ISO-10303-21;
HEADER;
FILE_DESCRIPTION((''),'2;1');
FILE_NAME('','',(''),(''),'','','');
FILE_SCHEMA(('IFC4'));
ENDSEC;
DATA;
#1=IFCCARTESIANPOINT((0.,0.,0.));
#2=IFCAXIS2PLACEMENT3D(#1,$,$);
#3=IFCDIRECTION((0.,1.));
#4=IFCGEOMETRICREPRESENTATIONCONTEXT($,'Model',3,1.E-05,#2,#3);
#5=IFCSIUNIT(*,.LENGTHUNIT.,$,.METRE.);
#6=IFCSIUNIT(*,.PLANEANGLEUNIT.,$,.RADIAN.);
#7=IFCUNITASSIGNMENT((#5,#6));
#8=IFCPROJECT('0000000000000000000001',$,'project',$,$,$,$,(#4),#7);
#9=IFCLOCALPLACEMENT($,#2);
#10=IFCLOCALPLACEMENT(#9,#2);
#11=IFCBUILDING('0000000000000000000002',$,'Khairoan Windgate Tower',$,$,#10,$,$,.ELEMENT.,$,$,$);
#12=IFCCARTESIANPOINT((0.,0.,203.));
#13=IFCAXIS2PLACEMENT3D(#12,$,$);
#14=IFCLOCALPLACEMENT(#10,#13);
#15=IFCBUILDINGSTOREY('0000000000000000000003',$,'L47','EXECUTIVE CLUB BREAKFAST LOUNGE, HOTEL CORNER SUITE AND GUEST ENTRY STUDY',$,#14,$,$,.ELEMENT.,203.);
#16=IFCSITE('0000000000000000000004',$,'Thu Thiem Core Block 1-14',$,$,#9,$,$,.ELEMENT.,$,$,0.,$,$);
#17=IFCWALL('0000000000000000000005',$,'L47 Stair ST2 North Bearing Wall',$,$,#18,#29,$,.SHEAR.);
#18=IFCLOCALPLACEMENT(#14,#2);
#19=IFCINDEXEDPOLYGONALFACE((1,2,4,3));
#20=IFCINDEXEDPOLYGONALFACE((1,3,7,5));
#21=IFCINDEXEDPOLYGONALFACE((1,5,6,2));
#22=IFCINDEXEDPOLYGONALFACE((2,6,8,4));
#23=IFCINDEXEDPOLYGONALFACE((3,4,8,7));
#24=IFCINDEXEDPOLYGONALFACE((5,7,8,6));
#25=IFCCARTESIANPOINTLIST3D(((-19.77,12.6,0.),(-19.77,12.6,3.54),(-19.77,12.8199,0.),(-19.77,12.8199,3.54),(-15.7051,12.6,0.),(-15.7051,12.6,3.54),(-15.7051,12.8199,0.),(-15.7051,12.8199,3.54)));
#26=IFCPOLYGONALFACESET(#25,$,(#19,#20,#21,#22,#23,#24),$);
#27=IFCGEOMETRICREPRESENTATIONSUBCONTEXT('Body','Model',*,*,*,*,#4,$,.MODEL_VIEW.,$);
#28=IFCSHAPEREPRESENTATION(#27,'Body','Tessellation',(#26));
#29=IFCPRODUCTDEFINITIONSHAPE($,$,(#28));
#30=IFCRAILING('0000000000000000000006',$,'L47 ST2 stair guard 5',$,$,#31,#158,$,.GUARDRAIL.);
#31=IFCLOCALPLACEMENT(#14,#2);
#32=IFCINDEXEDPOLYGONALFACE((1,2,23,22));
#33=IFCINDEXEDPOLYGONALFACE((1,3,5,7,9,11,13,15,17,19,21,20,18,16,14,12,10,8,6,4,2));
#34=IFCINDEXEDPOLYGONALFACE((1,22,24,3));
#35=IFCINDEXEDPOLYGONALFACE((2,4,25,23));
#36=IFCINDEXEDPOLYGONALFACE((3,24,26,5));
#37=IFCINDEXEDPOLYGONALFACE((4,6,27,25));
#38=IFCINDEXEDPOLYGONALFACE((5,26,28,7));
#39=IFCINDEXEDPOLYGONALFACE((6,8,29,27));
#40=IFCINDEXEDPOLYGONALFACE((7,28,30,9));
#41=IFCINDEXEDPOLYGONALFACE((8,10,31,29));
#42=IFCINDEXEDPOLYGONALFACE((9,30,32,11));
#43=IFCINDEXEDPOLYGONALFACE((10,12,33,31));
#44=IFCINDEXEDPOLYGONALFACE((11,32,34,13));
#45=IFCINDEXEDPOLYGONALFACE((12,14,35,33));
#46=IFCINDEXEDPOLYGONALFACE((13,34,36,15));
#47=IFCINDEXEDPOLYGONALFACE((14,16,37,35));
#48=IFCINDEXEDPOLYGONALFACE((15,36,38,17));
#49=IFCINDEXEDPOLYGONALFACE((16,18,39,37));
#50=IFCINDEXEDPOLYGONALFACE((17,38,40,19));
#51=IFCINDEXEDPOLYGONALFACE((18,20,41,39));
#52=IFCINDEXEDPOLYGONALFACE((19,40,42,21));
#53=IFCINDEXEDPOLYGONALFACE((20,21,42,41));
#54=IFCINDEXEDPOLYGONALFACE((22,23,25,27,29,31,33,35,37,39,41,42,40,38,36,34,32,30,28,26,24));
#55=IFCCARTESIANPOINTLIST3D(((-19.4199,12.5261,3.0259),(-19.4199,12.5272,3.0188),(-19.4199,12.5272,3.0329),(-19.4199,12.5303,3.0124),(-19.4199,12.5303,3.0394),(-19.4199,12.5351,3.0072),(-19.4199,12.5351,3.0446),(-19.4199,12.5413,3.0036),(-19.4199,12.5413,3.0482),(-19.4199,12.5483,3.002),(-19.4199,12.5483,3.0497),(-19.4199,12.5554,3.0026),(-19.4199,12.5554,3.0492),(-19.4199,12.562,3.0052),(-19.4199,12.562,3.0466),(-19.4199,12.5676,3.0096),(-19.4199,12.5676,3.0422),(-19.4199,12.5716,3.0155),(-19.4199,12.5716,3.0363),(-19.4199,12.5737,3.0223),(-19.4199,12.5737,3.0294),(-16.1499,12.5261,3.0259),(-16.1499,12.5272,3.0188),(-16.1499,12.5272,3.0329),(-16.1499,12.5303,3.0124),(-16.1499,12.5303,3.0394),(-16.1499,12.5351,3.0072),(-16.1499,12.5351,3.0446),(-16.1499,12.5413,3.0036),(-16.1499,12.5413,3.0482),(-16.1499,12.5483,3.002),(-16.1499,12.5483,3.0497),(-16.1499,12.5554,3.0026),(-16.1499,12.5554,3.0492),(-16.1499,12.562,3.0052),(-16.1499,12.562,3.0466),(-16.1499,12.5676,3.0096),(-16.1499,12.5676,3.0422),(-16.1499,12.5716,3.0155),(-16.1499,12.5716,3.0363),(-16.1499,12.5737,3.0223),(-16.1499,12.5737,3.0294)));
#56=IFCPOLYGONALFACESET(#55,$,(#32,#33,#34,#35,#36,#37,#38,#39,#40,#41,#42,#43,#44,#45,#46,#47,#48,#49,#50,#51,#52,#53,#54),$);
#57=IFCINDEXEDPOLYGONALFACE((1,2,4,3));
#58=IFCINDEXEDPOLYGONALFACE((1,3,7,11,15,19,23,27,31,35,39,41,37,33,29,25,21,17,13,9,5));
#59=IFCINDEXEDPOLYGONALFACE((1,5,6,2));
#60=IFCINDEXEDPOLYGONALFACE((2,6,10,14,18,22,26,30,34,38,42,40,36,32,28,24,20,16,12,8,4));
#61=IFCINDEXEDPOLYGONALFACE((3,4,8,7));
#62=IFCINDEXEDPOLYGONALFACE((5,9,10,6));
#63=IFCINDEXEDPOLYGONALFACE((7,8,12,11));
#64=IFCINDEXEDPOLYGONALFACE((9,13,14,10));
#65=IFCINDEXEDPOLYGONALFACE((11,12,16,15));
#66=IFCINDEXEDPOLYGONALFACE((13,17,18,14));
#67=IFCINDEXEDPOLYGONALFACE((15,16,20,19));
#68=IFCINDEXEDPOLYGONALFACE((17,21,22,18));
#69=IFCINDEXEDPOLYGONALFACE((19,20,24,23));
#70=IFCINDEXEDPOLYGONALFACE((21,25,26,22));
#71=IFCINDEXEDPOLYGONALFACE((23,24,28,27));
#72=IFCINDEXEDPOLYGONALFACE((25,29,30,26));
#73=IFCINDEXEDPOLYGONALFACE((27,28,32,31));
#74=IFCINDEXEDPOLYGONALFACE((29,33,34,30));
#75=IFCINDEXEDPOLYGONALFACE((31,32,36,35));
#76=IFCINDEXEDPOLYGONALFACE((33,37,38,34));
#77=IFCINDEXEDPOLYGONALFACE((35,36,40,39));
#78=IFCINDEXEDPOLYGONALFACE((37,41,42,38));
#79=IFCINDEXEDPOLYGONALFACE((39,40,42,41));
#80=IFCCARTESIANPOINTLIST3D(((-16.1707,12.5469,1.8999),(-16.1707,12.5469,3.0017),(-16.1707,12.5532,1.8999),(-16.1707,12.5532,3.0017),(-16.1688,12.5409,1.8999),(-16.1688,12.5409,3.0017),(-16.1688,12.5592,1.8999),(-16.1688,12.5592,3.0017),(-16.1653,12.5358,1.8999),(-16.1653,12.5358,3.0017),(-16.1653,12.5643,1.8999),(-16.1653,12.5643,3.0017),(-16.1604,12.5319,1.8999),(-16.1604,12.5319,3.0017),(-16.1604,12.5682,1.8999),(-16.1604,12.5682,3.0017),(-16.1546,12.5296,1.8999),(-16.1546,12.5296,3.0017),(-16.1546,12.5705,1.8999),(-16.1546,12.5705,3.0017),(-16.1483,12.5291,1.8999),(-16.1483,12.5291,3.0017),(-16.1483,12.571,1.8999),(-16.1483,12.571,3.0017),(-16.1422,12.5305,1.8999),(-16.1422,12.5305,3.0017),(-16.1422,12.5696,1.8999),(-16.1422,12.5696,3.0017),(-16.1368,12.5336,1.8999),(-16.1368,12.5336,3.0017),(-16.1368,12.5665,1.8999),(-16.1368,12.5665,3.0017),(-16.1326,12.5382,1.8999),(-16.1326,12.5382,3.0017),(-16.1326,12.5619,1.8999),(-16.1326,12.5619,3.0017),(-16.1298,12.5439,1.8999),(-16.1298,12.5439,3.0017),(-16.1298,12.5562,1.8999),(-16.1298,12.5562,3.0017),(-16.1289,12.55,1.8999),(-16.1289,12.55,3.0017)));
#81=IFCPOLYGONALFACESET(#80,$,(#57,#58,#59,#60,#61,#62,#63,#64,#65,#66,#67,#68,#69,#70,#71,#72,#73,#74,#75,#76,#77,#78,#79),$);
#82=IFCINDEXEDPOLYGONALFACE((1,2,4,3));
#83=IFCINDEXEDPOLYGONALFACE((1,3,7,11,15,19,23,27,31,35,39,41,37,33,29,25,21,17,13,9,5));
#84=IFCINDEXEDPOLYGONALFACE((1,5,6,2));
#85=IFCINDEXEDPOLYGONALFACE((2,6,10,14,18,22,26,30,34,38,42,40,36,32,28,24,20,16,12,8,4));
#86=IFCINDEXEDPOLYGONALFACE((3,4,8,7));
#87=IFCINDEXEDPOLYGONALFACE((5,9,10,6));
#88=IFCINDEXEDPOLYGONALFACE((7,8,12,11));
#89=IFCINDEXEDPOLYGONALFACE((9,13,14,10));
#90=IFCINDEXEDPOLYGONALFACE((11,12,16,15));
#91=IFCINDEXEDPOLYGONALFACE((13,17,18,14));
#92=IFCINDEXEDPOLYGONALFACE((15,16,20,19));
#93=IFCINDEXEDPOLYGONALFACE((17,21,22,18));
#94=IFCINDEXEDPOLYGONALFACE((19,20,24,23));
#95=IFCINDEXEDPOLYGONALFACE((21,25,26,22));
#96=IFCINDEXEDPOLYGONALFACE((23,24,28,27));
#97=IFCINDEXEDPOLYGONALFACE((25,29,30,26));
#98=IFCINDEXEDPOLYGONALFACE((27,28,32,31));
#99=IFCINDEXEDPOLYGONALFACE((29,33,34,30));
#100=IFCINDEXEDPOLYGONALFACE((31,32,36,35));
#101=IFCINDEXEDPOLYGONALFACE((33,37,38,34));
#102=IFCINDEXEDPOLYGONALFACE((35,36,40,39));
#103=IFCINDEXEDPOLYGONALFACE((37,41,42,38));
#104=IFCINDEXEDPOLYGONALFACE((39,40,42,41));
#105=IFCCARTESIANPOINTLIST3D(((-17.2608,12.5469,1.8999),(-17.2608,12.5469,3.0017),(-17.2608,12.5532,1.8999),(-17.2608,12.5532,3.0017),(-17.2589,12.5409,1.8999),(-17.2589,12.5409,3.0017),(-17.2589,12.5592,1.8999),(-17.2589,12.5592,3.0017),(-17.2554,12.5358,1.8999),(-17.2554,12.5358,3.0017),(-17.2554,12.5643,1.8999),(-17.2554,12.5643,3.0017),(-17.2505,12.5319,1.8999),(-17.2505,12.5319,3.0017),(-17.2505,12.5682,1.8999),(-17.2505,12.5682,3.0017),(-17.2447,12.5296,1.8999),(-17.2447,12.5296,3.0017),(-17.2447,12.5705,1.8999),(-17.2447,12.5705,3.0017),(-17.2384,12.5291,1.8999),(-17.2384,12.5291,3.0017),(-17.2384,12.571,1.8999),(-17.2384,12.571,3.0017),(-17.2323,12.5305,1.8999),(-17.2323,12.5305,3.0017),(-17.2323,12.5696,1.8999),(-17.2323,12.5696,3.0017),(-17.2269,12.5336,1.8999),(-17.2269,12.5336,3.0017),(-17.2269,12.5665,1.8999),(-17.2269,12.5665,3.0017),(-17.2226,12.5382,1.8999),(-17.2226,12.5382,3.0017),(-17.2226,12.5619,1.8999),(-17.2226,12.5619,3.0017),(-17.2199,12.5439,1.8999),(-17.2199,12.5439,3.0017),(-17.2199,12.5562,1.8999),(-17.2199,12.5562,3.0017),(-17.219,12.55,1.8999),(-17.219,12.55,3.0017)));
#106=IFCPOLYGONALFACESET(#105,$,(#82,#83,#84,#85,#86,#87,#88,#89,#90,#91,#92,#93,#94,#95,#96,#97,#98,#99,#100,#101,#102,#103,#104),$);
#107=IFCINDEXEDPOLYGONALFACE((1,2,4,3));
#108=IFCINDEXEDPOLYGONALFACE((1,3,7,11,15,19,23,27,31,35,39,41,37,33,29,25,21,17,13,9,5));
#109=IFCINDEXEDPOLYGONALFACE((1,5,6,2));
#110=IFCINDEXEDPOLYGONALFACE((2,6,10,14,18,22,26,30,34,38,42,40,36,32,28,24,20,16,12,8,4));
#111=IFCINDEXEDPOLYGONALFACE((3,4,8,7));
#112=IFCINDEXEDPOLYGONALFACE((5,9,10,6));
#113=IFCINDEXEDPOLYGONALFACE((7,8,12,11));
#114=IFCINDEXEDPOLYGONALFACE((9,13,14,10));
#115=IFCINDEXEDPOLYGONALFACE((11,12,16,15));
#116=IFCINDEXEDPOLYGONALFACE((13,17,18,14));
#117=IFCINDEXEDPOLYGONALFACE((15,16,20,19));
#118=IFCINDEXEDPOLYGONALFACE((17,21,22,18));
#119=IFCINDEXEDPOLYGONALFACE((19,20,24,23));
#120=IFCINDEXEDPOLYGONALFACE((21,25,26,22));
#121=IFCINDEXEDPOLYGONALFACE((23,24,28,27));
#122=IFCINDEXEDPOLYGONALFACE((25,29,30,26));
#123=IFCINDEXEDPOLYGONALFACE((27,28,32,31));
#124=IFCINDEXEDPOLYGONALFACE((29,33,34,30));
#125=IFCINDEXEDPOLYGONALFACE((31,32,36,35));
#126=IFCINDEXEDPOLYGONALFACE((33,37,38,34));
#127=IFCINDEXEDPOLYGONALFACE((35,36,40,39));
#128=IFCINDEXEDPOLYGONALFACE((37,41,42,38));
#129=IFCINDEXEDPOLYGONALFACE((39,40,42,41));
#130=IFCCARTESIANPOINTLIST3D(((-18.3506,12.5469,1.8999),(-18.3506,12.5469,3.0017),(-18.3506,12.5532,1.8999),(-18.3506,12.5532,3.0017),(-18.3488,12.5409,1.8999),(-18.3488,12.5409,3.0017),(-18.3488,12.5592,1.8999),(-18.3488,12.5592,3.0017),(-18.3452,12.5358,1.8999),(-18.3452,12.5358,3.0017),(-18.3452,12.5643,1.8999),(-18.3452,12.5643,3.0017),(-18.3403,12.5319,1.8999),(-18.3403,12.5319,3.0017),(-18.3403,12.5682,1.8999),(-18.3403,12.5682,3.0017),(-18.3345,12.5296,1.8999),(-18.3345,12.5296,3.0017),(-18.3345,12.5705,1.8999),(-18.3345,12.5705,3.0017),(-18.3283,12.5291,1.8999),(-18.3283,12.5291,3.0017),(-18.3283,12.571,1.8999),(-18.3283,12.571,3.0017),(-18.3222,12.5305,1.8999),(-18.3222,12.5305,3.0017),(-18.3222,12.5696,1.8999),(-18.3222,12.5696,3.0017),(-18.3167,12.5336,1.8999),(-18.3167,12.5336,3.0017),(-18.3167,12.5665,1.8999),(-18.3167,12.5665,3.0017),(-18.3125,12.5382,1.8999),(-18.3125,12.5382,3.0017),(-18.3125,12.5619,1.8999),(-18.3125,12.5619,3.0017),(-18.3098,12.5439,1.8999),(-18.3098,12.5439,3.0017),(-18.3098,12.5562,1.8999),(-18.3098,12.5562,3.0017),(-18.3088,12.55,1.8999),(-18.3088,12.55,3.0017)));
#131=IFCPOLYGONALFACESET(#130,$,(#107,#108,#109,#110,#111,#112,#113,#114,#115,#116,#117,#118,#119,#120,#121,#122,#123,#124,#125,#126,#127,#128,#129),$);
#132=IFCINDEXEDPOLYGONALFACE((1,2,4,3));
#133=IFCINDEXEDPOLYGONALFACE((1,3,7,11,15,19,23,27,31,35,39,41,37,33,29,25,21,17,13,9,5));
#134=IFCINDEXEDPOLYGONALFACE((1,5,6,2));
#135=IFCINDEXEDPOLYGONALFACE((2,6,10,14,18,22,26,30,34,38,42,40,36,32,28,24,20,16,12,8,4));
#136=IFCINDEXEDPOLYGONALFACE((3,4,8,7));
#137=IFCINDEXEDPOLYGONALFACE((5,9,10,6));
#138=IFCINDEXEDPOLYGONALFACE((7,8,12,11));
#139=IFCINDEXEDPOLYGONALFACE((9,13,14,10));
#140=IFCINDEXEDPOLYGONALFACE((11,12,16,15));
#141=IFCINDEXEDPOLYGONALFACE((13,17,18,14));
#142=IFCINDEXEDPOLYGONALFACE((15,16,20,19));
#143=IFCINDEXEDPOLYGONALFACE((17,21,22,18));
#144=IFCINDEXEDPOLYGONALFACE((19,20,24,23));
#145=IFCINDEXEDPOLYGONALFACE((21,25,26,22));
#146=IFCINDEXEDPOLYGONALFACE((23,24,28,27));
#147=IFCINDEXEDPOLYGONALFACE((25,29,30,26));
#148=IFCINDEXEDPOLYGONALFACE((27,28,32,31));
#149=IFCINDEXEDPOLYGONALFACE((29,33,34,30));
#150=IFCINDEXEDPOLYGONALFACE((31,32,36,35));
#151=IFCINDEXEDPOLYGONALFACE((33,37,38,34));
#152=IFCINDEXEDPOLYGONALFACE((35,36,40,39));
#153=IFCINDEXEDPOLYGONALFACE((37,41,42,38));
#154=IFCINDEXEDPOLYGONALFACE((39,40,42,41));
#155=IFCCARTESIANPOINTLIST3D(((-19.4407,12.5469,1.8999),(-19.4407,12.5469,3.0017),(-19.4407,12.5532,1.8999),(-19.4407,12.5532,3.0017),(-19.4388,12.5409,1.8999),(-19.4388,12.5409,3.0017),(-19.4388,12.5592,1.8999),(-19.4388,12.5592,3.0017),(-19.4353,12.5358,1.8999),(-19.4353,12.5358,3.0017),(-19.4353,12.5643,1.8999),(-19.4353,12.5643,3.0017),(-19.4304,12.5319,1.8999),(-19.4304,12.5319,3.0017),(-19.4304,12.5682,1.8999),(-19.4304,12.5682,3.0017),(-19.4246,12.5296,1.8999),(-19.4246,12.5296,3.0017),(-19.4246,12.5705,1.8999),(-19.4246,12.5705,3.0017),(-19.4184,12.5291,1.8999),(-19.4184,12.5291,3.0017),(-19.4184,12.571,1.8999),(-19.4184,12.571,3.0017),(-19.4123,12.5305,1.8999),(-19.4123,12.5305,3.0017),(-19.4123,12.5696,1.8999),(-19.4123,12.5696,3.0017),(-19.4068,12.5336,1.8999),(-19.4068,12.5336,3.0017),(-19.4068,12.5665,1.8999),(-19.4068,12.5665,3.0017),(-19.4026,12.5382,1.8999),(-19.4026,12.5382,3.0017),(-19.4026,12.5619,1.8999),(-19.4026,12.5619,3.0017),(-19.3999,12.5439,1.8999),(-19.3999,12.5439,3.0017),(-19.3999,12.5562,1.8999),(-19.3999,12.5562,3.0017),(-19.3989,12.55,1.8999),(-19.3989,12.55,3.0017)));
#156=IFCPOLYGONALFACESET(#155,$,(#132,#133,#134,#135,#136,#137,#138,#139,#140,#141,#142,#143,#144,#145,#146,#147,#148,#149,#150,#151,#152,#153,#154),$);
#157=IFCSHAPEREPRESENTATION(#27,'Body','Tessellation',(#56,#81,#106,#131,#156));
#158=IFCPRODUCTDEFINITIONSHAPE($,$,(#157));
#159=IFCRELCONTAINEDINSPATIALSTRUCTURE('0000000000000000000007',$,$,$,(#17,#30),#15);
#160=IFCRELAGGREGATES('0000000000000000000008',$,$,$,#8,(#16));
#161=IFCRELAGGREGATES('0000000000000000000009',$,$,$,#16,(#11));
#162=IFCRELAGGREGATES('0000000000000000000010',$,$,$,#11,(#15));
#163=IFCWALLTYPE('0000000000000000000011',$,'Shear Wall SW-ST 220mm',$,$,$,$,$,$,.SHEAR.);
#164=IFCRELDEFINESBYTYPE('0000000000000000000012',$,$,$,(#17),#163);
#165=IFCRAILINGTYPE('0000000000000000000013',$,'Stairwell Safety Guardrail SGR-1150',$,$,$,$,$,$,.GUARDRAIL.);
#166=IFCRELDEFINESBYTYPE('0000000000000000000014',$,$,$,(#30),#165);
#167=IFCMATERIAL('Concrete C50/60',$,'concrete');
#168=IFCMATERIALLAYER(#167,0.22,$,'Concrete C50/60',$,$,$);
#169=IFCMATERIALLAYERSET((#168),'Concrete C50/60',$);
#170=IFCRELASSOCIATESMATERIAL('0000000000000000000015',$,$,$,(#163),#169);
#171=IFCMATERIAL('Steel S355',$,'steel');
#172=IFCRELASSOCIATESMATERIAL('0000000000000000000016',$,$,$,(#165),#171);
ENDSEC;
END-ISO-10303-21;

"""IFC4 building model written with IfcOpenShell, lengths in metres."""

from ifc_helpers import new_model, si_unit, direction, frame, frame_2d, origin, origin_2d, place, context, subcontext, project, spatial, rectangle, circle, extrude, material, layer, layer_set, type_object, element, save


model = new_model("IFC4")

# Units and contexts
model_context = context("Model", 3, precision=1e-05, world=origin(), true_north=direction((0.0, 1.0)))
body_context = subcontext(model_context, "Body", "Model", "MODEL_VIEW")
ifc_project = project(units=[si_unit("LENGTHUNIT", "METRE"), si_unit("PLANEANGLEUNIT", "RADIAN")], contexts=[model_context])

# Site, building, storey
site_placement = place(None, origin())
site = spatial("IfcSite", under=ifc_project, at=site_placement, Name="Thu Thiem Core Block 1-14", CompositionType="ELEMENT", RefElevation=0.0)
building_placement = place(site_placement, origin())
building = spatial("IfcBuilding", under=site, at=building_placement, Name="Khairoan Windgate Tower", CompositionType="ELEMENT")
storey_placement = place(building_placement, frame((0.0, 0.0, 203.0)))
storey = spatial("IfcBuildingStorey", under=building, at=storey_placement, Name="L47", Description="EXECUTIVE CLUB BREAKFAST LOUNGE, HOTEL CORNER SUITE AND GUEST ENTRY STUDY", CompositionType="ELEMENT", Elevation=203.0)

# Wall
ifc_material_1 = material(Name="Concrete C50/60", Category="concrete")
ifc_layer_1 = layer(ifc_material_1, 0.22, Name="Concrete C50/60")
ifc_layer_set_1 = layer_set([ifc_layer_1], Name="Concrete C50/60")
wall_type_1 = type_object("IfcWallType", Name="Shear Wall SW-ST 220mm", PredefinedType="SHEAR", material=ifc_layer_set_1)
wall_1_placement = place(storey_placement, frame((-19.77, 12.71, 0.0), z_axis=(0.0, 0.0, 1.0), x_axis=(1.0, 0.0, 0.0)))
element("IfcWall", 1, at=wall_1_placement, inside=storey, type_object=wall_type_1, Name="L47 Stair ST2 North Bearing Wall", PredefinedType="SHEAR", context=body_context, shape_type="SweptSolid", body=[
    extrude(rectangle(XDim=4.0649, YDim=0.22, at=frame_2d((2.0325, 0.0))), origin(), (0.0, 0.0, 1.0), 3.54),
])

# Railing
ifc_material_2 = material(Name="Steel S355", Category="steel")
railing_type = type_object("IfcRailingType", Name="Stairwell Safety Guardrail SGR-1150", PredefinedType="GUARDRAIL", material=ifc_material_2)
railing_placement = place(storey_placement, frame((-16.1499, 12.55, 1.8999)))
element("IfcRailing", 2, at=railing_placement, inside=storey, type_object=railing_type, Name="L47 ST2 stair guard 5", PredefinedType="GUARDRAIL", context=body_context, shape_type="SweptSolid", body=[
    extrude(circle(Radius=0.0239, at=origin_2d()), frame((0.0, 0.0, 1.126), z_axis=(-1.0, 0.0, 0.0), x_axis=(0.0, -1.0, 0.0)), (0.0, 0.0, 1.0), 3.27),
    extrude(circle(Radius=0.021, at=origin_2d()), origin(), (0.0, 0.0, 1.0), 1.1018),
    extrude(circle(Radius=0.021, at=origin_2d()), frame((-1.0901, 0.0, 0.0)), (0.0, 0.0, 1.0), 1.1018),
    extrude(circle(Radius=0.021, at=origin_2d()), frame((-2.1799, 0.0, 0.0)), (0.0, 0.0, 1.0), 1.1018),
    extrude(circle(Radius=0.021, at=origin_2d()), frame((-3.27, 0.0, 0.0)), (0.0, 0.0, 1.0), 1.1018),
])

save(model, "model.ifc")
